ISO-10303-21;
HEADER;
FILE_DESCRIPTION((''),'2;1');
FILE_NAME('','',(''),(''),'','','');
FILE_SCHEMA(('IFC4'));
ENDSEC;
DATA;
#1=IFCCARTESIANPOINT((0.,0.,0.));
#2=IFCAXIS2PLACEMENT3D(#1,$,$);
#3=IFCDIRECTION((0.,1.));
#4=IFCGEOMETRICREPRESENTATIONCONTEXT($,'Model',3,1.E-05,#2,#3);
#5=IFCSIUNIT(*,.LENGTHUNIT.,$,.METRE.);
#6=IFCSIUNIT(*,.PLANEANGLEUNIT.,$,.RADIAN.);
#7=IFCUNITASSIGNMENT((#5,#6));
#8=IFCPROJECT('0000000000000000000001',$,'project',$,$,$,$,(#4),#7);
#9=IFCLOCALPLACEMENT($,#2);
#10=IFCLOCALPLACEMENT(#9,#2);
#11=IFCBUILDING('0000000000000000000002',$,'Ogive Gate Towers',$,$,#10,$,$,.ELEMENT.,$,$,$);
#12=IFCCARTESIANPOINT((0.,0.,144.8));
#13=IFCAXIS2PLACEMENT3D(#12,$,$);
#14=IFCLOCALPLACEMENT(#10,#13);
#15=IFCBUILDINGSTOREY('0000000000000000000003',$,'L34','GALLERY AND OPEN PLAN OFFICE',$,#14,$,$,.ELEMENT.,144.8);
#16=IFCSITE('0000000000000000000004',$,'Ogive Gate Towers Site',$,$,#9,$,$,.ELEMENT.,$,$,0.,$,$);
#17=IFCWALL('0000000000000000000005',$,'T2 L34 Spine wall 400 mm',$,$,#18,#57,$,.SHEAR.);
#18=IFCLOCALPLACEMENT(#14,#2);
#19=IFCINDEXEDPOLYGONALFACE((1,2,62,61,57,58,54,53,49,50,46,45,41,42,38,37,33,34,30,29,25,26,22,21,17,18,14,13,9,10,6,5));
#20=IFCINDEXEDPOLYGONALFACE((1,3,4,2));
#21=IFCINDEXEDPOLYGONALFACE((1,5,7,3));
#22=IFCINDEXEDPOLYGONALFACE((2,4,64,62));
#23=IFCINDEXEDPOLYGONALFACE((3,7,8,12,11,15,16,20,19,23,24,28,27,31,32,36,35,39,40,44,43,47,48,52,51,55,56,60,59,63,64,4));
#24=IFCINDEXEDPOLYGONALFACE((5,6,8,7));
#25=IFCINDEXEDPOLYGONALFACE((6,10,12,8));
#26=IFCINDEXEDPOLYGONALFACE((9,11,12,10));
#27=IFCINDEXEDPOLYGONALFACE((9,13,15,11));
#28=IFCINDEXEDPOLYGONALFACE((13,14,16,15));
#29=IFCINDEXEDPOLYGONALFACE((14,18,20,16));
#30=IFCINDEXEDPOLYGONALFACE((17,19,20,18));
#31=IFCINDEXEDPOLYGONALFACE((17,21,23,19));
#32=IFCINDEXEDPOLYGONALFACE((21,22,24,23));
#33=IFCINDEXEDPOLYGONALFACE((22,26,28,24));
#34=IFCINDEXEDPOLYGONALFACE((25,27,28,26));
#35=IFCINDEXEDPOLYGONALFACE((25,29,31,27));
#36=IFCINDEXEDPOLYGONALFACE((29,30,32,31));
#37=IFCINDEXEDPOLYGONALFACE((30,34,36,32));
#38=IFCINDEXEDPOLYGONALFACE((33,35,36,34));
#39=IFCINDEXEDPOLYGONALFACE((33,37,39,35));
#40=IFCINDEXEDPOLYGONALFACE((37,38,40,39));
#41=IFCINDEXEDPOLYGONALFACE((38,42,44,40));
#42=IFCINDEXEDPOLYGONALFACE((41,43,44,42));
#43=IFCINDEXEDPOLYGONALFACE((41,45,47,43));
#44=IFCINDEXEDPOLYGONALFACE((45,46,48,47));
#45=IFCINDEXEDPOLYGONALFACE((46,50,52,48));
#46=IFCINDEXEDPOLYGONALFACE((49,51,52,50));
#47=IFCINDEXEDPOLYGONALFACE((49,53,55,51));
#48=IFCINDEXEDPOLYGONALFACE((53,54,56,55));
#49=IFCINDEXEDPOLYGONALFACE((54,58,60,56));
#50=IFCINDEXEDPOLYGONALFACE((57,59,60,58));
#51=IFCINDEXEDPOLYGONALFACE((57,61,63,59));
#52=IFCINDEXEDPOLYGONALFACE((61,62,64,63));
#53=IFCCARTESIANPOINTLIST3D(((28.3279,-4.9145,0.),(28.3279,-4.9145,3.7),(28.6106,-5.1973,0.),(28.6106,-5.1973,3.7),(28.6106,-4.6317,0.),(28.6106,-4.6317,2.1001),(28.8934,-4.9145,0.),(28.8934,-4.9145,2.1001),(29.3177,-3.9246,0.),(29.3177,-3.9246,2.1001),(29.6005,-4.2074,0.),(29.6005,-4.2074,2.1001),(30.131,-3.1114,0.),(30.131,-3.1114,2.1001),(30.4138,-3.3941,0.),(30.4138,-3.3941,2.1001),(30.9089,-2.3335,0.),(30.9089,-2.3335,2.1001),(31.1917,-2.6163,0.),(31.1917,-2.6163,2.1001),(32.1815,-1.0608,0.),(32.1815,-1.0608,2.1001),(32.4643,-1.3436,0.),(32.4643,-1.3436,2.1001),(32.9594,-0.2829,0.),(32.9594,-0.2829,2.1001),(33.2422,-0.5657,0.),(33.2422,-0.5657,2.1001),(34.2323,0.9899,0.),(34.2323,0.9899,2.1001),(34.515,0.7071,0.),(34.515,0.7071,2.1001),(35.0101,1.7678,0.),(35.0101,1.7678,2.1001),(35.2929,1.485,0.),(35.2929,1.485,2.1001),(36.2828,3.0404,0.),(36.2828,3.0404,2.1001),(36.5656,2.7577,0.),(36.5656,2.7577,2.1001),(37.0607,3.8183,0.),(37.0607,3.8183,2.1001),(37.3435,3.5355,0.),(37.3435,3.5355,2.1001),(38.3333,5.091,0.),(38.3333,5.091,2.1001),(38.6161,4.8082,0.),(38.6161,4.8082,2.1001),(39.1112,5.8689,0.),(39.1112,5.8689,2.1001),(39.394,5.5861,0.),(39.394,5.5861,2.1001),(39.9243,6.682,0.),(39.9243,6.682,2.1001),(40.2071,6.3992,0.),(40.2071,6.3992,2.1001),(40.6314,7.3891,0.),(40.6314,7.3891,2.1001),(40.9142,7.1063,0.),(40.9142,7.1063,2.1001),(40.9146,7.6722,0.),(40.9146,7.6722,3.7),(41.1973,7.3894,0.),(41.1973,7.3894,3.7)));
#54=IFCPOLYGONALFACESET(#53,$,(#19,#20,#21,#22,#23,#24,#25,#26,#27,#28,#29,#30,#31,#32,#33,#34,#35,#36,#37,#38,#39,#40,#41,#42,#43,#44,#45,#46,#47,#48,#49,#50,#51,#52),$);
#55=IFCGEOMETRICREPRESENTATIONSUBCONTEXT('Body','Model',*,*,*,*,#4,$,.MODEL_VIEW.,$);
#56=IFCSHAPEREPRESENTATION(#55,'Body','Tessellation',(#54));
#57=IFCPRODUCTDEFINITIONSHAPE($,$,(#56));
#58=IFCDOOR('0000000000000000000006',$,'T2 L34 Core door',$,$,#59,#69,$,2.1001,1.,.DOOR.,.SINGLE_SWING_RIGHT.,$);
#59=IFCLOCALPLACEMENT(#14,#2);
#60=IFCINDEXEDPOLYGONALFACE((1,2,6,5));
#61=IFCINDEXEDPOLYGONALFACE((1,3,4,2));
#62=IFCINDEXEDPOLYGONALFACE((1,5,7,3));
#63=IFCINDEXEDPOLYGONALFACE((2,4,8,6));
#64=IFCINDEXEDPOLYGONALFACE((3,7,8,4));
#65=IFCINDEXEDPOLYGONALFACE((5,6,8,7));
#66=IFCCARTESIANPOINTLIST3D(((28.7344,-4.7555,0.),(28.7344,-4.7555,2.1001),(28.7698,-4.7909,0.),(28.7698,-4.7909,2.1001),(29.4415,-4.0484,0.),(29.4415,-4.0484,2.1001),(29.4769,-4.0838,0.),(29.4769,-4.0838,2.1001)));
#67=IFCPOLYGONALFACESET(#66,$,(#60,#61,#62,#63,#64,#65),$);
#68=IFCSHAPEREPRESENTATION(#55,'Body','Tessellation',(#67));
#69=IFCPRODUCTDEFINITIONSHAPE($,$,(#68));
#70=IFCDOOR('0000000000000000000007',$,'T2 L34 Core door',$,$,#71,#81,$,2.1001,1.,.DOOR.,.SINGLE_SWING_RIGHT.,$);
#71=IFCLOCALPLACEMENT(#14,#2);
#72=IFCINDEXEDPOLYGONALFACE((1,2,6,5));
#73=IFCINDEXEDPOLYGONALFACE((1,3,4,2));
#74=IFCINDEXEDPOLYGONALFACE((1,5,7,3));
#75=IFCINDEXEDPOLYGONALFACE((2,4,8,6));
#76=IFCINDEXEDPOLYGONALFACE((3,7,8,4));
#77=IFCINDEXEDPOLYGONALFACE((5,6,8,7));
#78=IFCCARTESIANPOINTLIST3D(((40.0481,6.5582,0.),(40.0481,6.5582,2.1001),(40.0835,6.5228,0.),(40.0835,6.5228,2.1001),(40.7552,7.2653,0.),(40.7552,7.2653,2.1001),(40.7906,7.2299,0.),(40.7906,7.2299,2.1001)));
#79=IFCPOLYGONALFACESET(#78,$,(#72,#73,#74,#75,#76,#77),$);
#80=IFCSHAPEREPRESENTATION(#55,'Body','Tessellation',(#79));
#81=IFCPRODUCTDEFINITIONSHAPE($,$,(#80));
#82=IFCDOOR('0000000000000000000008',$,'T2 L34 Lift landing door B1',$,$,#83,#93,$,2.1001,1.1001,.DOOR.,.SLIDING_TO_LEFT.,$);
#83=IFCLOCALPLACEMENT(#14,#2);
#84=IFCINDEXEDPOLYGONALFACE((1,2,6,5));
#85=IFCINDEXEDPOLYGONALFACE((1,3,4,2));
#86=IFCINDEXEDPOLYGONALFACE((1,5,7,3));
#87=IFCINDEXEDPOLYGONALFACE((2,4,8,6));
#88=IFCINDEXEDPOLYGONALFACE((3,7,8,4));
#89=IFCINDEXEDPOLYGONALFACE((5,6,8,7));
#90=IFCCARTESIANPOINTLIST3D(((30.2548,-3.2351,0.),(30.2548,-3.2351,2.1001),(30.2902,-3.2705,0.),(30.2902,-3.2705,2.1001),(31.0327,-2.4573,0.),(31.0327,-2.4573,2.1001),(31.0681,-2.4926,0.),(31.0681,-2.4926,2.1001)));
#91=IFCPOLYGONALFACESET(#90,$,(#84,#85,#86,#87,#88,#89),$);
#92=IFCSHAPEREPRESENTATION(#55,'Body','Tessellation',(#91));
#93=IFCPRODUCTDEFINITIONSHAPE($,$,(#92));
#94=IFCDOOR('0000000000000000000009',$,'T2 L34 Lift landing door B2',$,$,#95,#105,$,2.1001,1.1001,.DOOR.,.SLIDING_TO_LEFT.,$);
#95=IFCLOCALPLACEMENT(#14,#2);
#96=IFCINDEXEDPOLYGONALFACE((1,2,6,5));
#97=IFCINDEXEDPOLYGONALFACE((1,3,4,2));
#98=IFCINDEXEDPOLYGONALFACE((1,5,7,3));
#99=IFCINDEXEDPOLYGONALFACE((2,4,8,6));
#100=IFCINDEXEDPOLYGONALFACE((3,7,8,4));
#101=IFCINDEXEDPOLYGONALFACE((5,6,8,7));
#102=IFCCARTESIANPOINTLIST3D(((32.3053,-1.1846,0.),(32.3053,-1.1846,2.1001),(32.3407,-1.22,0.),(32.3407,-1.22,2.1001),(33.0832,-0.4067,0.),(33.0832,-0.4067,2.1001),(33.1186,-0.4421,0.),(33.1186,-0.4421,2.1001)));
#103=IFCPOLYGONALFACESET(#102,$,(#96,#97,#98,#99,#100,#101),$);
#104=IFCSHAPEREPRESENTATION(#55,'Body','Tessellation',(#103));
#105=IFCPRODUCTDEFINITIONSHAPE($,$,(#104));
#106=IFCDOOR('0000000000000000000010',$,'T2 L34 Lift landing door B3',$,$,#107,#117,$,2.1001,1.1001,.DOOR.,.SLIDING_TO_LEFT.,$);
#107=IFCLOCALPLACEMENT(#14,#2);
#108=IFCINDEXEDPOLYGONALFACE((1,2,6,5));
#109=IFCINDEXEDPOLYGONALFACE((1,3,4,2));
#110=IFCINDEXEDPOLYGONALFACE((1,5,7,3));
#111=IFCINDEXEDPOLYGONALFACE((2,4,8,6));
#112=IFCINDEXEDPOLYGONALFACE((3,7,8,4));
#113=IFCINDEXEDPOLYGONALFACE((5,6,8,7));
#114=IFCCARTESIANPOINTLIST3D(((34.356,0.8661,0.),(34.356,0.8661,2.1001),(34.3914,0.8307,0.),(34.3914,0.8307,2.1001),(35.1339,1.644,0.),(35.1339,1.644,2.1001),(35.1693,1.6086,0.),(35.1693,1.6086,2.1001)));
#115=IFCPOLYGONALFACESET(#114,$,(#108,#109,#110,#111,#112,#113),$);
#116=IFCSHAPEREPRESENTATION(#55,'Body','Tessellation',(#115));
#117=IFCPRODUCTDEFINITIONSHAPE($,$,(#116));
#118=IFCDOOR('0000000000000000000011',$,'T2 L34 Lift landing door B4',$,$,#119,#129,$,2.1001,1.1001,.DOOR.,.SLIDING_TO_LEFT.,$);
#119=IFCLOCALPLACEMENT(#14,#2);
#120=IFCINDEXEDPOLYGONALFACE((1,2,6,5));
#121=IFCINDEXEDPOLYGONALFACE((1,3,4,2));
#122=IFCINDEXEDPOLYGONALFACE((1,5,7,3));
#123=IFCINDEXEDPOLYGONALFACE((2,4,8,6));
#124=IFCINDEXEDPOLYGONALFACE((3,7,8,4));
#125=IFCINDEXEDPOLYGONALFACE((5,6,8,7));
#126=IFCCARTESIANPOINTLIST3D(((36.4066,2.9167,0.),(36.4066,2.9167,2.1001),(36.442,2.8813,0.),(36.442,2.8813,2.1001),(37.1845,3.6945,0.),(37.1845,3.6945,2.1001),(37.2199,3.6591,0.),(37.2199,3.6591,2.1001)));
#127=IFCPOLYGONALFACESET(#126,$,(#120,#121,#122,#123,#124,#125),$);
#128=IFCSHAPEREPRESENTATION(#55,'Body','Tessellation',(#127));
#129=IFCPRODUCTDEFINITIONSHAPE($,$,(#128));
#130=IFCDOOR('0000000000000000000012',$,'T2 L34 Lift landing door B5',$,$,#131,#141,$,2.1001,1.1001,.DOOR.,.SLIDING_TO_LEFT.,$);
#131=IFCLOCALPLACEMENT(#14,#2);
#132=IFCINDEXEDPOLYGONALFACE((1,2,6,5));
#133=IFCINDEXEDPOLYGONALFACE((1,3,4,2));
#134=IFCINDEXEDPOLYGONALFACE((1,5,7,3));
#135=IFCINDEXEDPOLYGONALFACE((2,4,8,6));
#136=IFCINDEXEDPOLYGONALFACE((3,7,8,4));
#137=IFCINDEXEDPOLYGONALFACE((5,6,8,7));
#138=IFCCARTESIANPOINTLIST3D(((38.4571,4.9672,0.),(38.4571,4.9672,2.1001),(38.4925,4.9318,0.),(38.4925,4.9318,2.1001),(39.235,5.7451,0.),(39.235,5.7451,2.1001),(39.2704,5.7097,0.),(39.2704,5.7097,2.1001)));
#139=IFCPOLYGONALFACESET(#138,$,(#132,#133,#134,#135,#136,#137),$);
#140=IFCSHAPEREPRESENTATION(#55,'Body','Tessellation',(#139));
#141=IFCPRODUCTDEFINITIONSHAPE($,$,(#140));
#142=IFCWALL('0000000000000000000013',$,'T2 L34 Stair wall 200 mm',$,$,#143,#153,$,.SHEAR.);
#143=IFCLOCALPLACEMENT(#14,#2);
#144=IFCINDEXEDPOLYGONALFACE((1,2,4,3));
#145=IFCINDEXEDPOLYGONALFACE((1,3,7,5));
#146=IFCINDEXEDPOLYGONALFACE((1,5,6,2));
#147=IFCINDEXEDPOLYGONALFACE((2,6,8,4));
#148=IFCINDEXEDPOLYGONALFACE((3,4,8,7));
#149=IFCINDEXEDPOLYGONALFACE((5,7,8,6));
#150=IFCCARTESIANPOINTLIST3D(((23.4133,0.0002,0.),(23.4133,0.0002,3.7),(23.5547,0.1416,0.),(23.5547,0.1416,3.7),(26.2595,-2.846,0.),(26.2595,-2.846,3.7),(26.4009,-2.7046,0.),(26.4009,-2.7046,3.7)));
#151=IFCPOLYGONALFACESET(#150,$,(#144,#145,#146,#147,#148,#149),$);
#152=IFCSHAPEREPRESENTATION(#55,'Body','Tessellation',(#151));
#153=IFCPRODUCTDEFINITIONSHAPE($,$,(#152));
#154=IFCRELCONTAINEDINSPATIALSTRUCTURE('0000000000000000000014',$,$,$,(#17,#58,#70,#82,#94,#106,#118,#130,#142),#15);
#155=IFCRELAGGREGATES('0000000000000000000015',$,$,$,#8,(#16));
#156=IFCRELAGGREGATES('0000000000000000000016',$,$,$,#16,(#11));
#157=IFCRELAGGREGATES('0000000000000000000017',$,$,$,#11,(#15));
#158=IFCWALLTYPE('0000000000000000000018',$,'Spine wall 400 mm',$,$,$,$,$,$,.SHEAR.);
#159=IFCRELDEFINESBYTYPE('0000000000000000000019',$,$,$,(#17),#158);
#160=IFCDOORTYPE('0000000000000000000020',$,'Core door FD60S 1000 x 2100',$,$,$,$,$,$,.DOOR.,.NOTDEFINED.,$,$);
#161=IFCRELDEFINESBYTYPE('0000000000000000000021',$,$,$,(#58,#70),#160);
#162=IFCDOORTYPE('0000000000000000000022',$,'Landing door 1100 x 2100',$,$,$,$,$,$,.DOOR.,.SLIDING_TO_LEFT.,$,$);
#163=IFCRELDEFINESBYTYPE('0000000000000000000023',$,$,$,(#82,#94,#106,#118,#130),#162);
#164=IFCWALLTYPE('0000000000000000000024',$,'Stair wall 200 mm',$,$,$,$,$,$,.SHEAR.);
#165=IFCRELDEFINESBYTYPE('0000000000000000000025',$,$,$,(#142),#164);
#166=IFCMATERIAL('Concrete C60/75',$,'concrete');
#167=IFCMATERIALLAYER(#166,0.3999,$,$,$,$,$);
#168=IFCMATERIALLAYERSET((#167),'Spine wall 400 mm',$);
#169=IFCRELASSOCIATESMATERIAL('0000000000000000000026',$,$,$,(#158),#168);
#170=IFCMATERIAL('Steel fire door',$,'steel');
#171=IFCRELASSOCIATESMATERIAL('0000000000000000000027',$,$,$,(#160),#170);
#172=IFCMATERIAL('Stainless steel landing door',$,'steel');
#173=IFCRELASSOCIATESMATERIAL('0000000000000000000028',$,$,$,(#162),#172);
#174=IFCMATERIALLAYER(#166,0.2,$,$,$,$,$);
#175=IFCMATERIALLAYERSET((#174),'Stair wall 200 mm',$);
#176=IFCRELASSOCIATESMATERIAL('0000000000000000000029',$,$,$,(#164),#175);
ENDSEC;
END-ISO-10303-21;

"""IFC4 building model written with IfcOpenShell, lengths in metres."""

from ifc_helpers import new_model, si_unit, direction, frame, frame_2d, origin, place, context, subcontext, project, spatial, rectangle, extrude, material, layer, layer_set, type_object, element, fill, save


model = new_model("IFC4")

# Units and contexts
model_context = context("Model", 3, precision=1e-05, world=origin(), true_north=direction((0.0, 1.0)))
body_context = subcontext(model_context, "Body", "Model", "MODEL_VIEW")
ifc_project = project(units=[si_unit("LENGTHUNIT", "METRE"), si_unit("PLANEANGLEUNIT", "RADIAN")], contexts=[model_context])

# Site, building, storey
site_placement = place(None, origin())
site = spatial("IfcSite", under=ifc_project, at=site_placement, Name="Ogive Gate Towers Site", CompositionType="ELEMENT", RefElevation=0.0)
building_placement = place(site_placement, origin())
building = spatial("IfcBuilding", under=site, at=building_placement, Name="Ogive Gate Towers", CompositionType="ELEMENT")
storey_placement = place(building_placement, frame((0.0, 0.0, 144.8)))
storey = spatial("IfcBuildingStorey", under=building, at=storey_placement, Name="L34", Description="GALLERY AND OPEN PLAN OFFICE", CompositionType="ELEMENT", Elevation=144.8)

# Shared definitions
ifc_material_1 = material(Name="Concrete C60/75", Category="concrete")

# Wall, openings, doors
ifc_layer_1 = layer(ifc_material_1, 0.3999)
ifc_layer_set_1 = layer_set([ifc_layer_1], Name="Spine wall 400 mm")
wall_type_1 = type_object("IfcWallType", Name="Spine wall 400 mm", PredefinedType="SHEAR", material=ifc_layer_set_1)
ifc_material_2 = material(Name="Steel fire door", Category="steel")
door_type_1 = type_object("IfcDoorType", Name="Core door FD60S 1000 x 2100", OperationType="NOTDEFINED", PredefinedType="DOOR", material=ifc_material_2)
ifc_material_3 = material(Name="Stainless steel landing door", Category="steel")
door_type_2 = type_object("IfcDoorType", Name="Landing door 1100 x 2100", OperationType="SLIDING_TO_LEFT", PredefinedType="DOOR", material=ifc_material_3)
wall_1_placement = place(storey_placement, frame((28.4692, -5.0559, 0.0), z_axis=(0.0, 0.0, 1.0), x_axis=(0.707107, 0.707107, 0.0)))
wall_1 = element("IfcWall", 1, at=wall_1_placement, inside=storey, type_object=wall_type_1, Name="T2 L34 Spine wall 400 mm", PredefinedType="SHEAR", context=body_context, shape_type="SweptSolid", body=[
    extrude(rectangle(XDim=17.8003, YDim=0.3999, at=frame_2d((8.9001, 0.0))), origin(), (0.0, 0.0, 1.0), 3.7),
])
opening_1_placement = place(wall_1_placement, frame((0.3999, 0.0, 0.0)))
opening_1 = element("IfcOpeningElement", 2, at=opening_1_placement, cuts=wall_1, PredefinedType="OPENING", context=body_context, shape_type="SweptSolid", body=[
    extrude(rectangle(XDim=1.0, YDim=2.1001, at=frame_2d((0.5, 1.05))), frame((0.0, 0.21, 0.0), z_axis=(0.0, -1.0, 0.0), x_axis=(1.0, 0.0, 0.0)), (0.0, 0.0, 1.0), 0.4199),
])
opening_2_placement = place(wall_1_placement, frame((2.55, 0.0, 0.0)))
opening_2 = element("IfcOpeningElement", 3, at=opening_2_placement, cuts=wall_1, PredefinedType="OPENING", context=body_context, shape_type="SweptSolid", body=[
    extrude(rectangle(XDim=1.1001, YDim=2.1001, at=frame_2d((0.55, 1.05))), frame((0.0, 0.21, 0.0), z_axis=(0.0, -1.0, 0.0), x_axis=(1.0, 0.0, 0.0)), (0.0, 0.0, 1.0), 0.4199),
])
opening_3_placement = place(wall_1_placement, frame((5.45, 0.0, 0.0)))
opening_3 = element("IfcOpeningElement", 4, at=opening_3_placement, cuts=wall_1, PredefinedType="OPENING", context=body_context, shape_type="SweptSolid", body=[
    extrude(rectangle(XDim=1.1001, YDim=2.1001, at=frame_2d((0.55, 1.05))), frame((0.0, 0.21, 0.0), z_axis=(0.0, -1.0, 0.0), x_axis=(1.0, 0.0, 0.0)), (0.0, 0.0, 1.0), 0.4199),
])
opening_4_placement = place(wall_1_placement, frame((8.3501, 0.0, 0.0)))
opening_4 = element("IfcOpeningElement", 5, at=opening_4_placement, cuts=wall_1, PredefinedType="OPENING", context=body_context, shape_type="SweptSolid", body=[
    extrude(rectangle(XDim=1.1001, YDim=2.1001, at=frame_2d((0.55, 1.05))), frame((0.0, 0.21, 0.0), z_axis=(0.0, -1.0, 0.0), x_axis=(1.0, 0.0, 0.0)), (0.0, 0.0, 1.0), 0.4199),
])
opening_5_placement = place(wall_1_placement, frame((11.25, 0.0, 0.0)))
opening_5 = element("IfcOpeningElement", 6, at=opening_5_placement, cuts=wall_1, PredefinedType="OPENING", context=body_context, shape_type="SweptSolid", body=[
    extrude(rectangle(XDim=1.1001, YDim=2.1001, at=frame_2d((0.55, 1.05))), frame((0.0, 0.21, 0.0), z_axis=(0.0, -1.0, 0.0), x_axis=(1.0, 0.0, 0.0)), (0.0, 0.0, 1.0), 0.4199),
])
opening_6_placement = place(wall_1_placement, frame((14.1499, 0.0, 0.0)))
opening_6 = element("IfcOpeningElement", 7, at=opening_6_placement, cuts=wall_1, PredefinedType="OPENING", context=body_context, shape_type="SweptSolid", body=[
    extrude(rectangle(XDim=1.1001, YDim=2.1001, at=frame_2d((0.55, 1.05))), frame((0.0, 0.21, 0.0), z_axis=(0.0, -1.0, 0.0), x_axis=(1.0, 0.0, 0.0)), (0.0, 0.0, 1.0), 0.4199),
])
opening_7_placement = place(wall_1_placement, frame((16.3999, 0.0, 0.0)))
opening_7 = element("IfcOpeningElement", 8, at=opening_7_placement, cuts=wall_1, PredefinedType="OPENING", context=body_context, shape_type="SweptSolid", body=[
    extrude(rectangle(XDim=1.0, YDim=2.1001, at=frame_2d((0.5, 1.05))), frame((0.0, 0.21, 0.0), z_axis=(0.0, -1.0, 0.0), x_axis=(1.0, 0.0, 0.0)), (0.0, 0.0, 1.0), 0.4199),
])
door_1_placement = place(opening_1_placement, origin())
door_1 = element("IfcDoor", 9, at=door_1_placement, inside=storey, type_object=door_type_1, Name="T2 L34 Core door", OperationType="SINGLE_SWING_RIGHT", OverallHeight=2.1001, OverallWidth=1.0, PredefinedType="DOOR", context=body_context, shape_type="SweptSolid", body=[
    extrude(rectangle(XDim=1.0, YDim=2.1001, at=frame_2d((0.5, 1.05))), frame((0.0, 0.0249, 0.0), z_axis=(0.0, -1.0, 0.0), x_axis=(1.0, 0.0, 0.0)), (0.0, 0.0, 1.0), 0.05),
])
fill(opening_1, door_1)
door_2_placement = place(opening_7_placement, origin())
door_2 = element("IfcDoor", 10, at=door_2_placement, inside=storey, type_object=door_type_1, Name="T2 L34 Core door", OperationType="SINGLE_SWING_RIGHT", OverallHeight=2.1001, OverallWidth=1.0, PredefinedType="DOOR", context=body_context, shape_type="SweptSolid", body=[
    extrude(rectangle(XDim=1.0, YDim=2.1001, at=frame_2d((0.5, 1.05))), frame((0.0, 0.0249, 0.0), z_axis=(0.0, -1.0, 0.0), x_axis=(1.0, 0.0, 0.0)), (0.0, 0.0, 1.0), 0.05),
])
fill(opening_7, door_2)
door_3_placement = place(opening_2_placement, origin())
door_3 = element("IfcDoor", 11, at=door_3_placement, inside=storey, type_object=door_type_2, Name="T2 L34 Lift landing door B1", OperationType="SLIDING_TO_LEFT", OverallHeight=2.1001, OverallWidth=1.1001, PredefinedType="DOOR", context=body_context, shape_type="SweptSolid", body=[
    extrude(rectangle(XDim=1.1001, YDim=2.1001, at=frame_2d((0.55, 1.05))), frame((0.0, 0.0249, 0.0), z_axis=(0.0, -1.0, 0.0), x_axis=(1.0, 0.0, 0.0)), (0.0, 0.0, 1.0), 0.05),
])
fill(opening_2, door_3)
door_4_placement = place(opening_3_placement, origin())
door_4 = element("IfcDoor", 12, at=door_4_placement, inside=storey, type_object=door_type_2, Name="T2 L34 Lift landing door B2", OperationType="SLIDING_TO_LEFT", OverallHeight=2.1001, OverallWidth=1.1001, PredefinedType="DOOR", context=body_context, shape_type="SweptSolid", body=[
    extrude(rectangle(XDim=1.1001, YDim=2.1001, at=frame_2d((0.55, 1.05))), frame((0.0, 0.0249, 0.0), z_axis=(0.0, -1.0, 0.0), x_axis=(1.0, 0.0, 0.0)), (0.0, 0.0, 1.0), 0.05),
])
fill(opening_3, door_4)
door_5_placement = place(opening_4_placement, origin())
door_5 = element("IfcDoor", 13, at=door_5_placement, inside=storey, type_object=door_type_2, Name="T2 L34 Lift landing door B3", OperationType="SLIDING_TO_LEFT", OverallHeight=2.1001, OverallWidth=1.1001, PredefinedType="DOOR", context=body_context, shape_type="SweptSolid", body=[
    extrude(rectangle(XDim=1.1001, YDim=2.1001, at=frame_2d((0.55, 1.05))), frame((0.0, 0.0249, 0.0), z_axis=(0.0, -1.0, 0.0), x_axis=(1.0, 0.0, 0.0)), (0.0, 0.0, 1.0), 0.05),
])
fill(opening_4, door_5)
door_6_placement = place(opening_5_placement, origin())
door_6 = element("IfcDoor", 14, at=door_6_placement, inside=storey, type_object=door_type_2, Name="T2 L34 Lift landing door B4", OperationType="SLIDING_TO_LEFT", OverallHeight=2.1001, OverallWidth=1.1001, PredefinedType="DOOR", context=body_context, shape_type="SweptSolid", body=[
    extrude(rectangle(XDim=1.1001, YDim=2.1001, at=frame_2d((0.55, 1.05))), frame((0.0, 0.0249, 0.0), z_axis=(0.0, -1.0, 0.0), x_axis=(1.0, 0.0, 0.0)), (0.0, 0.0, 1.0), 0.05),
])
fill(opening_5, door_6)
door_7_placement = place(opening_6_placement, origin())
door_7 = element("IfcDoor", 15, at=door_7_placement, inside=storey, type_object=door_type_2, Name="T2 L34 Lift landing door B5", OperationType="SLIDING_TO_LEFT", OverallHeight=2.1001, OverallWidth=1.1001, PredefinedType="DOOR", context=body_context, shape_type="SweptSolid", body=[
    extrude(rectangle(XDim=1.1001, YDim=2.1001, at=frame_2d((0.55, 1.05))), frame((0.0, 0.0249, 0.0), z_axis=(0.0, -1.0, 0.0), x_axis=(1.0, 0.0, 0.0)), (0.0, 0.0, 1.0), 0.05),
])
fill(opening_6, door_7)

# Wall
ifc_layer_2 = layer(ifc_material_1, 0.2)
ifc_layer_set_2 = layer_set([ifc_layer_2], Name="Stair wall 200 mm")
wall_type_2 = type_object("IfcWallType", Name="Stair wall 200 mm", PredefinedType="SHEAR", material=ifc_layer_set_2)
wall_2_placement = place(storey_placement, frame((26.3303, -2.7754, 0.0), z_axis=(0.0, 0.0, 1.0), x_axis=(-0.707107, 0.707107, 0.0)))
element("IfcWall", 16, at=wall_2_placement, inside=storey, type_object=wall_type_2, Name="T2 L34 Stair wall 200 mm", PredefinedType="SHEAR", context=body_context, shape_type="SweptSolid", body=[
    extrude(rectangle(XDim=4.0251, YDim=0.2, at=frame_2d((2.0127, 0.0))), origin(), (0.0, 0.0, 1.0), 3.7),
])

save(model, "model.ifc")
